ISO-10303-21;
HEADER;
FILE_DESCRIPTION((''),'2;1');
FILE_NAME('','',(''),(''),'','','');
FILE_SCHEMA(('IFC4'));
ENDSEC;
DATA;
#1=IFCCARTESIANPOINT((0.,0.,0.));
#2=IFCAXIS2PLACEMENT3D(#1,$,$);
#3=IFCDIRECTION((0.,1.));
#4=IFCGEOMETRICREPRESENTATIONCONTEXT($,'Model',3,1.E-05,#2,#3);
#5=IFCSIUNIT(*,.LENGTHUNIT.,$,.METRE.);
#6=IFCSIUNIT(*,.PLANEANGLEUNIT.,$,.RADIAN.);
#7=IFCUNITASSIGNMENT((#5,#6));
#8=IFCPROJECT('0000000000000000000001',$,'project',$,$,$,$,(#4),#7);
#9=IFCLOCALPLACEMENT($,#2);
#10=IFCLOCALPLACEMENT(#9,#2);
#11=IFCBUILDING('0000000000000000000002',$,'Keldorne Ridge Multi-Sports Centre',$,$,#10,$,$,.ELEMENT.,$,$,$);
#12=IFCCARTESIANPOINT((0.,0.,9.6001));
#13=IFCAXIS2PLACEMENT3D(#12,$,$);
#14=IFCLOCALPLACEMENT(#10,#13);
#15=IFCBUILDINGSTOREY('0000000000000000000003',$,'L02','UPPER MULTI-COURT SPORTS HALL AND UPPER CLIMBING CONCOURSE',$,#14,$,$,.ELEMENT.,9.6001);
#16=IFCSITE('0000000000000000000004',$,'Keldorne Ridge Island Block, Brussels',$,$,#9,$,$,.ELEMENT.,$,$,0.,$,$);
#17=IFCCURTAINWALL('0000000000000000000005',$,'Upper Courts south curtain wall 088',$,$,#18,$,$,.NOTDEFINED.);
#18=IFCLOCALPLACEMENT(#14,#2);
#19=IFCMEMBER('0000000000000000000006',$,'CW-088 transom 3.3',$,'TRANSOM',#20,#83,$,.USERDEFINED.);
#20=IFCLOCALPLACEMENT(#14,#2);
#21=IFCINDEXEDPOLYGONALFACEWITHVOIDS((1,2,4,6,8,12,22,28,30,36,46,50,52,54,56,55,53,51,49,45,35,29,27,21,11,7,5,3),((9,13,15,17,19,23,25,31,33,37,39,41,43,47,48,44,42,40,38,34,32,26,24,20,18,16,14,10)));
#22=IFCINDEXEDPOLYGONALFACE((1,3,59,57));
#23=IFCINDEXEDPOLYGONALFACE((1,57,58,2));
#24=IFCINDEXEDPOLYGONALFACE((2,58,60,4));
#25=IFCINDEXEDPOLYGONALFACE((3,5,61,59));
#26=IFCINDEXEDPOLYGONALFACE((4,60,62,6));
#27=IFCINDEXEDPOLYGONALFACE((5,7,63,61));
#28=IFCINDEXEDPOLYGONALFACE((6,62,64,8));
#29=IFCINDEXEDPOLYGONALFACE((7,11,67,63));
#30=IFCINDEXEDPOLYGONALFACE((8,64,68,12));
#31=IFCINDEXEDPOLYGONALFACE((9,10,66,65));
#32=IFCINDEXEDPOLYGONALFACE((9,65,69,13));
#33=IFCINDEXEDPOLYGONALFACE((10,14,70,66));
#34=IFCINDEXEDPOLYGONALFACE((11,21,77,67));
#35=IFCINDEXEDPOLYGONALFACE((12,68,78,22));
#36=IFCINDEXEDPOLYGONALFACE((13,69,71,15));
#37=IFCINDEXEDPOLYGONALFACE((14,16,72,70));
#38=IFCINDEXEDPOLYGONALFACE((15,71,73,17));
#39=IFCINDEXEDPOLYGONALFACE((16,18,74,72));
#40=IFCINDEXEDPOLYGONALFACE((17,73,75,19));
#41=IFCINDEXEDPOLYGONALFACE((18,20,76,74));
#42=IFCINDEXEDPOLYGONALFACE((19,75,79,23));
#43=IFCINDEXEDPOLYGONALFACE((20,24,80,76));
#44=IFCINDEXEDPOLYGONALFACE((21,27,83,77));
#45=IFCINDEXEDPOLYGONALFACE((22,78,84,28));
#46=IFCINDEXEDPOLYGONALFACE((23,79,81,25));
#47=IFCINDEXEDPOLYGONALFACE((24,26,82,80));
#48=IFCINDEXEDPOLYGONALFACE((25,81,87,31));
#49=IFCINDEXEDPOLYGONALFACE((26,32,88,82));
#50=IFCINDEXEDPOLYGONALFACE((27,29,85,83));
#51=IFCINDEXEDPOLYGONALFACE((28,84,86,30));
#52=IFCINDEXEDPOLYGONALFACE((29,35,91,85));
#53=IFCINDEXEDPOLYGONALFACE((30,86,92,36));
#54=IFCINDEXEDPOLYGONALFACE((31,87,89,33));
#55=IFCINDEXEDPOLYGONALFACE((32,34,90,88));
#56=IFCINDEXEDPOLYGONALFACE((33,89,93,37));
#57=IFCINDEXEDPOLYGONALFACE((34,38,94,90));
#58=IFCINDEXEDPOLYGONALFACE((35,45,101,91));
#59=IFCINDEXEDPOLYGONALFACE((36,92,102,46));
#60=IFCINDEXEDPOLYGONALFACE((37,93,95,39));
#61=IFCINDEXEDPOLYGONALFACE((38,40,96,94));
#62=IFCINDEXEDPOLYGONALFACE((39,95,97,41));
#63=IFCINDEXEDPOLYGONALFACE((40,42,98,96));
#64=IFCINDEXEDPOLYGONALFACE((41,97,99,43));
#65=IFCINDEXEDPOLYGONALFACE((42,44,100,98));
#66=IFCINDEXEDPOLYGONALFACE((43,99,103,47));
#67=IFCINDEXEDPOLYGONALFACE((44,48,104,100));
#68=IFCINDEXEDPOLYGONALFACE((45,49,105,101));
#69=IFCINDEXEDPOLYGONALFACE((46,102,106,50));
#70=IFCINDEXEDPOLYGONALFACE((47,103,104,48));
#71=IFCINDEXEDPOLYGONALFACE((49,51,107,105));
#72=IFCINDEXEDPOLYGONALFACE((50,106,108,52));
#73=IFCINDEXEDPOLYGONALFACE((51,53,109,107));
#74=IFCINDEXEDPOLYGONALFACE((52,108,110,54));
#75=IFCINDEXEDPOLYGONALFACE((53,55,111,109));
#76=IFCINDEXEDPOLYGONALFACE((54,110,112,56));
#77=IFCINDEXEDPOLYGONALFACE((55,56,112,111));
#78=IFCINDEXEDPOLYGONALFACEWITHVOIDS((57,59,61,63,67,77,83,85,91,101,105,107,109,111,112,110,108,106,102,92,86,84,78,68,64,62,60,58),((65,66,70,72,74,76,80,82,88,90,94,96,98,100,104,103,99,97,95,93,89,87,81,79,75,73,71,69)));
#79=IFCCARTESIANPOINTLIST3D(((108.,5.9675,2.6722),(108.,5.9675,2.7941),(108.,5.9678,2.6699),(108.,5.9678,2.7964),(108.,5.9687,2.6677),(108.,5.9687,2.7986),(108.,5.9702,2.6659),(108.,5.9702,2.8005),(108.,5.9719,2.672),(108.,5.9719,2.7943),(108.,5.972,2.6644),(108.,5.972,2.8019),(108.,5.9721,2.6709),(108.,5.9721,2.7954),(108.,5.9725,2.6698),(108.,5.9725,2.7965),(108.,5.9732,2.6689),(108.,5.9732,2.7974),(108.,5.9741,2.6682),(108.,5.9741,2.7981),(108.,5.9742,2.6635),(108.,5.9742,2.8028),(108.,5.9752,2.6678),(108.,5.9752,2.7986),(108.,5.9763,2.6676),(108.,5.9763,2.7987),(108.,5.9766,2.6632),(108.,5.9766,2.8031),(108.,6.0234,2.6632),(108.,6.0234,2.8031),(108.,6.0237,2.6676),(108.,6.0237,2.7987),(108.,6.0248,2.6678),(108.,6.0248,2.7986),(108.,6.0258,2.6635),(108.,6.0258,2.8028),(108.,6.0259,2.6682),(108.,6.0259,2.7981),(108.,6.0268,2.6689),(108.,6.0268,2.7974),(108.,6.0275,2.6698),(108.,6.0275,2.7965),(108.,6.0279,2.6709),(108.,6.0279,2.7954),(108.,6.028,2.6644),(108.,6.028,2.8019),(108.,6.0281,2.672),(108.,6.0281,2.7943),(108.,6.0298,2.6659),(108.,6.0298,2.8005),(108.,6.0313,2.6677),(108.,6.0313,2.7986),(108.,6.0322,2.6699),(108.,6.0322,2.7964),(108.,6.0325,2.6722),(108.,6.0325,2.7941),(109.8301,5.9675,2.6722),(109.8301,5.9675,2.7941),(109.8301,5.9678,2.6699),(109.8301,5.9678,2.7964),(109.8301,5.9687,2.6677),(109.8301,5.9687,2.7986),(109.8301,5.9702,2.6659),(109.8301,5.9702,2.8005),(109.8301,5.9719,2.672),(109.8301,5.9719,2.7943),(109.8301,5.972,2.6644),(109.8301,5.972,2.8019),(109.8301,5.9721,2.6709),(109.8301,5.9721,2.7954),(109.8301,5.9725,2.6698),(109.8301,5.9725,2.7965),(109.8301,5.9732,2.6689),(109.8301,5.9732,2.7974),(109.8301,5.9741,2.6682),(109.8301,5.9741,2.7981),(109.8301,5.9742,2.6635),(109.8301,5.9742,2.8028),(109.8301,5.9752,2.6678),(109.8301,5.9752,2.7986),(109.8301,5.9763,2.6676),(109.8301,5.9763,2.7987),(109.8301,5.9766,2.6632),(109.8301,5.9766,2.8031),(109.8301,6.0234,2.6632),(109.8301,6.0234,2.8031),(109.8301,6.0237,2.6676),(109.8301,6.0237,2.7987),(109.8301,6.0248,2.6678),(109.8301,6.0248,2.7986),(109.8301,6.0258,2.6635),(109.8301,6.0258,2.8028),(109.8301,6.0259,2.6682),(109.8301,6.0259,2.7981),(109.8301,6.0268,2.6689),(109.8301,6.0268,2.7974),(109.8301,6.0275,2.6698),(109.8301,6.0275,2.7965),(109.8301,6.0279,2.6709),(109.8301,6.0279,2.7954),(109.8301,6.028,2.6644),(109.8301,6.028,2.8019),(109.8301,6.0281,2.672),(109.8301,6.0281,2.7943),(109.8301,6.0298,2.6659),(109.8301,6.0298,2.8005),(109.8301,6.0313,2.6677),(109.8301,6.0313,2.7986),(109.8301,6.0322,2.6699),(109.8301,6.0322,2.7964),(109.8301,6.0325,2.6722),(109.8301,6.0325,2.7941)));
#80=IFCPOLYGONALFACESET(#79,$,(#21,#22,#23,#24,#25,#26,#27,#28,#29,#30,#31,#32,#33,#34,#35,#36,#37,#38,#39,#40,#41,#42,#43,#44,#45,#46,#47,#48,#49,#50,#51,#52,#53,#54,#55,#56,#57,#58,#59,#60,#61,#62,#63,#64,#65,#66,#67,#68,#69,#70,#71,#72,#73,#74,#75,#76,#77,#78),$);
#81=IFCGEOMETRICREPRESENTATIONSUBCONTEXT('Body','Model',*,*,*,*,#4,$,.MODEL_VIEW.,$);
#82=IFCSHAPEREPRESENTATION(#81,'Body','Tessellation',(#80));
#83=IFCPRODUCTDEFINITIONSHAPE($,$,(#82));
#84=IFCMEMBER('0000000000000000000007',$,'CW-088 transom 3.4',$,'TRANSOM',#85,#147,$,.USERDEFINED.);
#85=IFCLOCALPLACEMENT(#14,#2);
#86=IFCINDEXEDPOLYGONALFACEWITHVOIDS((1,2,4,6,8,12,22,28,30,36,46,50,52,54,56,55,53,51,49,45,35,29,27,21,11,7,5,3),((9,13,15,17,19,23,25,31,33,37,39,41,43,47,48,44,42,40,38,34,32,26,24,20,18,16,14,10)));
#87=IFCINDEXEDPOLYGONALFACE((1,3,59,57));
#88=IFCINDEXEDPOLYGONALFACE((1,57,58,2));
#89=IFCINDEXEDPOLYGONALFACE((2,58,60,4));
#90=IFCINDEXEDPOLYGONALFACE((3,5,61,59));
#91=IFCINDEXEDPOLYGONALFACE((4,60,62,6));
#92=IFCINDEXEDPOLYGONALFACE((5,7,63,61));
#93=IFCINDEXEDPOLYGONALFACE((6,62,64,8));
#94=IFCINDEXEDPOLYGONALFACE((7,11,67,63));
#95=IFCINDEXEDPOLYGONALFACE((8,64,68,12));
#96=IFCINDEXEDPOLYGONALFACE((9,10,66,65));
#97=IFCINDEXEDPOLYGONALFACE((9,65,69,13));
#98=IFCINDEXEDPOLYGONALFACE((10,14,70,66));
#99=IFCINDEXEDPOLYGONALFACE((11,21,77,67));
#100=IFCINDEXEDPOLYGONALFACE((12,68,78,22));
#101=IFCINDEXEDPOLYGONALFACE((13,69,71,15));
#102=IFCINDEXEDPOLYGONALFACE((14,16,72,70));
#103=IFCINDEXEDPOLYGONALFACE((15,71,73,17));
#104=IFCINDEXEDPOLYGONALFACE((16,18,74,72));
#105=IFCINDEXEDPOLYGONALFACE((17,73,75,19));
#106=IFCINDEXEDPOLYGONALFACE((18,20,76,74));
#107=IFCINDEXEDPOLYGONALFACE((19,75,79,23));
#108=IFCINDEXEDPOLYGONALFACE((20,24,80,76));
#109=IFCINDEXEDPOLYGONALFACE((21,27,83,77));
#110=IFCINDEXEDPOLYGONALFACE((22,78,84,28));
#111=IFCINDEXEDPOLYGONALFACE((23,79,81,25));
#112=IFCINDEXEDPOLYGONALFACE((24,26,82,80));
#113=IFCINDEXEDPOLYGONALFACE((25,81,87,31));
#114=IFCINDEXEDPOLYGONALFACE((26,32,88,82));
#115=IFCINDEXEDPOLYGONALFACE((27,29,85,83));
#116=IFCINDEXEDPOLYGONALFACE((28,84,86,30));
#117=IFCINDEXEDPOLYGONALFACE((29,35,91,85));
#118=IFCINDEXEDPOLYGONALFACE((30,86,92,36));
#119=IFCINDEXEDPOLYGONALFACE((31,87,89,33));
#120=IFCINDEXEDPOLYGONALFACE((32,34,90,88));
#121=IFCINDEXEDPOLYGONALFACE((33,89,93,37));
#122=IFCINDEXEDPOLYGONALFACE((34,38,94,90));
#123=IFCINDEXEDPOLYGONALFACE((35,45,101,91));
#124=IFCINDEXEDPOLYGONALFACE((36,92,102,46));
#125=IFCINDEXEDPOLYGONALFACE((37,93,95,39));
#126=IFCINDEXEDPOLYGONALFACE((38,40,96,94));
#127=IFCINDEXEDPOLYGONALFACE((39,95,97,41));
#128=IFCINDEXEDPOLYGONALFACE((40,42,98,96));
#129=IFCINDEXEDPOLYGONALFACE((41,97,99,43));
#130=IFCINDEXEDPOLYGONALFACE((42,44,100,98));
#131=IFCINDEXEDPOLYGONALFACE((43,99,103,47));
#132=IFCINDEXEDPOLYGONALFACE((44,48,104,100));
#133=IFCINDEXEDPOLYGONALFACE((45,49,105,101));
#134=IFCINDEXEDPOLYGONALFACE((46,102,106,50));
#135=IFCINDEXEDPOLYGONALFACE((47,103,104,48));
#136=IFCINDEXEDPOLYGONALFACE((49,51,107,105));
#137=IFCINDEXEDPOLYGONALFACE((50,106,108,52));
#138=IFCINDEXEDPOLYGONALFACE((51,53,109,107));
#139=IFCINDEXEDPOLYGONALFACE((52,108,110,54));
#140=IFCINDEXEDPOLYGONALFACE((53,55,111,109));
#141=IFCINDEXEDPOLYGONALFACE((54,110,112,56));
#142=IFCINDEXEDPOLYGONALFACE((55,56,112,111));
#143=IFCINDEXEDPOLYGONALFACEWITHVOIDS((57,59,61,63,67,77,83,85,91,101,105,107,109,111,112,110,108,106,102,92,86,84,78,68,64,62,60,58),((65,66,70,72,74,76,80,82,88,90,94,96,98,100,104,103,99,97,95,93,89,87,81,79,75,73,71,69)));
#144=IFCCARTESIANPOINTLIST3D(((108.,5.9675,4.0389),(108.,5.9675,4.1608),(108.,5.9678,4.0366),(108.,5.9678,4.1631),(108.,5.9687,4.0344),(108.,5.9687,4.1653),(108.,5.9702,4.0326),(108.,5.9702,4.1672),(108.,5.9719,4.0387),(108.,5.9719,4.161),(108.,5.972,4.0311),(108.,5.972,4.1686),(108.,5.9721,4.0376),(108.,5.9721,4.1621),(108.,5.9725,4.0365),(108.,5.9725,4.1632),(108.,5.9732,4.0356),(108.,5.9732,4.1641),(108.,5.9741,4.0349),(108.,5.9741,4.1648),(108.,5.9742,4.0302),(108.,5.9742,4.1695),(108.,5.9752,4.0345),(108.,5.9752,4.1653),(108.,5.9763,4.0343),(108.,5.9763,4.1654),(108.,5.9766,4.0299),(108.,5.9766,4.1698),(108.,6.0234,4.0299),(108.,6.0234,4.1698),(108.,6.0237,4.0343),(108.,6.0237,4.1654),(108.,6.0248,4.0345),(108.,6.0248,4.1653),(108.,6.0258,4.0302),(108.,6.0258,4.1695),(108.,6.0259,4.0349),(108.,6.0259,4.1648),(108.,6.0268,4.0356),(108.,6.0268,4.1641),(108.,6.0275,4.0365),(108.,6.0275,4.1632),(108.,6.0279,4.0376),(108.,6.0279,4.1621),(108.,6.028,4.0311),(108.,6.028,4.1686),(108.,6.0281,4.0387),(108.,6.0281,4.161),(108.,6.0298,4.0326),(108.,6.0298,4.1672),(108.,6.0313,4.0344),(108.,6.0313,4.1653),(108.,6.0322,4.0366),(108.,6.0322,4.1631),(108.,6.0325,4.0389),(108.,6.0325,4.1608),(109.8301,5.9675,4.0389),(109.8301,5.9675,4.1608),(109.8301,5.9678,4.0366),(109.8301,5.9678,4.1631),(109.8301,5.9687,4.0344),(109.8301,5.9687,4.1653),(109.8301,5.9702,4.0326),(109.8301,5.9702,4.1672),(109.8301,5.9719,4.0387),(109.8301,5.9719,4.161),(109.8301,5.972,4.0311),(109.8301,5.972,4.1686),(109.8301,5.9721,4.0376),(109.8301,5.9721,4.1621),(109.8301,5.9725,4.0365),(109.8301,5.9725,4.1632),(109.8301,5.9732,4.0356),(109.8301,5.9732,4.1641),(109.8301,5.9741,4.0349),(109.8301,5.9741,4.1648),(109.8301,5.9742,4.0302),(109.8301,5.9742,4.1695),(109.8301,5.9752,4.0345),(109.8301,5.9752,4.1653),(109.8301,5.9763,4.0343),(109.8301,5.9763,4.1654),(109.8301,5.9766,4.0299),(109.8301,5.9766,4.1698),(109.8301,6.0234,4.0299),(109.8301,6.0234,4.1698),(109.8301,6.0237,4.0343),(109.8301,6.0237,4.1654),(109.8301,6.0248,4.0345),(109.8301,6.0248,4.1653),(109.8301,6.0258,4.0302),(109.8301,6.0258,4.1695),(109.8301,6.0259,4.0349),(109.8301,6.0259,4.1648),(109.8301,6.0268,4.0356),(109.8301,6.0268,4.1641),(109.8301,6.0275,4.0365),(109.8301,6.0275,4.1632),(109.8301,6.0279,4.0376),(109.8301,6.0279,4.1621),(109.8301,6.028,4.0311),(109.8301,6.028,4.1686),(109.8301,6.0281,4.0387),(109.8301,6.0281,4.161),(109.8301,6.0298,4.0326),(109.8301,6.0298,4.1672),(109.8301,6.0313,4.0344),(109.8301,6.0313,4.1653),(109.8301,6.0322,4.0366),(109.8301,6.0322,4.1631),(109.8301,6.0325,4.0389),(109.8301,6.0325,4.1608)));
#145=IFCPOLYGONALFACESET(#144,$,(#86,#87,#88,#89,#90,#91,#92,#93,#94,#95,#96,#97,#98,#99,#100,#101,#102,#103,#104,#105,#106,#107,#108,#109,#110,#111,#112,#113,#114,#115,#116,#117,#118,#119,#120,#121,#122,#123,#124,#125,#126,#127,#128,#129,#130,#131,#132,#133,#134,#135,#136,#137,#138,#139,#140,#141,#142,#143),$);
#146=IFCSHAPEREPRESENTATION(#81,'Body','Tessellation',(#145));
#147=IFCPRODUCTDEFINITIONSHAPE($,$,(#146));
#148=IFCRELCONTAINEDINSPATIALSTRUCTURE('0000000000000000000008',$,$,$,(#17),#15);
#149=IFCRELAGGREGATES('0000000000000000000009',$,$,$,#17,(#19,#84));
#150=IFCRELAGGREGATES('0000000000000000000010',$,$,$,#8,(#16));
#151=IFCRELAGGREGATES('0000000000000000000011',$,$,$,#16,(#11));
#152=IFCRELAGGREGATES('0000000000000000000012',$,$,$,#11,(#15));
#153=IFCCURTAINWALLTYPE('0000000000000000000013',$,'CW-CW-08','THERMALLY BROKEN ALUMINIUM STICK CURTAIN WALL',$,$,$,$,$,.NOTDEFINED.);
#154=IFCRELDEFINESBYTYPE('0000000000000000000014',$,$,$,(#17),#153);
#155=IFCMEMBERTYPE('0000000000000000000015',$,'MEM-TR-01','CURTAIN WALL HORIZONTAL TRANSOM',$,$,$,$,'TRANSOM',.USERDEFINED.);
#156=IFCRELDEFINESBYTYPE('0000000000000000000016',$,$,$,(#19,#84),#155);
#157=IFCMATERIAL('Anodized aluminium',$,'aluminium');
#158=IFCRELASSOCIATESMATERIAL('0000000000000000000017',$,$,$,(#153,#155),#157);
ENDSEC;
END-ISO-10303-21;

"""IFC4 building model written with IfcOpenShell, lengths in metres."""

from ifc_helpers import new_model, si_unit, direction, frame, origin, origin_2d, place, context, subcontext, project, spatial, hollow_rectangle, extrude, material, material_profile, profile_set, type_object, element, aggregate, save


model = new_model("IFC4")

# Units and contexts
model_context = context("Model", 3, precision=1e-05, world=origin(), true_north=direction((0.0, 1.0)))
body_context = subcontext(model_context, "Body", "Model", "MODEL_VIEW")
ifc_project = project(units=[si_unit("LENGTHUNIT", "METRE"), si_unit("PLANEANGLEUNIT", "RADIAN")], contexts=[model_context])

# Site, building, storey
site_placement = place(None, origin())
site = spatial("IfcSite", under=ifc_project, at=site_placement, Name="Keldorne Ridge Island Block, Brussels", CompositionType="ELEMENT", RefElevation=0.0)
building_placement = place(site_placement, origin())
building = spatial("IfcBuilding", under=site, at=building_placement, Name="Keldorne Ridge Multi-Sports Centre", CompositionType="ELEMENT")
storey_placement = place(building_placement, frame((0.0, 0.0, 9.6001)))
storey = spatial("IfcBuildingStorey", under=building, at=storey_placement, Name="L02", Description="UPPER MULTI-COURT SPORTS HALL AND UPPER CLIMBING CONCOURSE", CompositionType="ELEMENT", Elevation=9.6001)

# Curtain wall, members
ifc_material_1 = material(Name="Anodized aluminium", Category="aluminium")
curtain_wall_type = type_object("IfcCurtainWallType", Name="CW-CW-08", Description="THERMALLY BROKEN ALUMINIUM STICK CURTAIN WALL", PredefinedType="NOTDEFINED", material=ifc_material_1)
curtain_wall_placement = place(storey_placement, origin())
curtain_wall = element("IfcCurtainWall", 1, at=curtain_wall_placement, inside=storey, type_object=curtain_wall_type, Name="Upper Courts south curtain wall 088", PredefinedType="NOTDEFINED")
ifc_material_profile_1 = material_profile(ifc_material_1, hollow_rectangle(XDim=0.0649, YDim=0.1399, WallThickness=0.0044, InnerFilletRadius=0.0044, OuterFilletRadius=0.009, at=origin_2d()), Name="ALU TRANSOM 140x65x4.5")
ifc_profile_set_1 = profile_set([ifc_material_profile_1], Name="Anodized aluminium")
member_type_1 = type_object("IfcMemberType", Name="MEM-TR-01", Description="CURTAIN WALL HORIZONTAL TRANSOM", ElementType="TRANSOM", PredefinedType="USERDEFINED", material=ifc_profile_set_1)
member_1_placement = place(storey_placement, frame((108.0, 6.0, 2.7332), z_axis=(1.0, 0.0, 0.0), x_axis=(0.0, 1.0, 0.0)))
member_1 = element("IfcMember", 2, at=member_1_placement, type_object=member_type_1, Name="CW-088 transom 3.3", ObjectType="TRANSOM", PredefinedType="USERDEFINED", context=body_context, shape_type="SweptSolid", body=[
    extrude(hollow_rectangle(XDim=0.0649, YDim=0.1399, WallThickness=0.0044, InnerFilletRadius=0.0044, OuterFilletRadius=0.009, at=origin_2d()), origin(), (0.0, 0.0, 1.0), 1.8301),
])
member_2_placement = place(storey_placement, frame((108.0, 6.0, 4.0999), z_axis=(1.0, 0.0, 0.0), x_axis=(0.0, 1.0, 0.0)))
member_2 = element("IfcMember", 3, at=member_2_placement, type_object=member_type_1, Name="CW-088 transom 3.4", ObjectType="TRANSOM", PredefinedType="USERDEFINED", context=body_context, shape_type="SweptSolid", body=[
    extrude(hollow_rectangle(XDim=0.0649, YDim=0.1399, WallThickness=0.0044, InnerFilletRadius=0.0044, OuterFilletRadius=0.009, at=origin_2d()), origin(), (0.0, 0.0, 1.0), 1.8301),
])
aggregate(curtain_wall, [member_1, member_2])

save(model, "model.ifc")
